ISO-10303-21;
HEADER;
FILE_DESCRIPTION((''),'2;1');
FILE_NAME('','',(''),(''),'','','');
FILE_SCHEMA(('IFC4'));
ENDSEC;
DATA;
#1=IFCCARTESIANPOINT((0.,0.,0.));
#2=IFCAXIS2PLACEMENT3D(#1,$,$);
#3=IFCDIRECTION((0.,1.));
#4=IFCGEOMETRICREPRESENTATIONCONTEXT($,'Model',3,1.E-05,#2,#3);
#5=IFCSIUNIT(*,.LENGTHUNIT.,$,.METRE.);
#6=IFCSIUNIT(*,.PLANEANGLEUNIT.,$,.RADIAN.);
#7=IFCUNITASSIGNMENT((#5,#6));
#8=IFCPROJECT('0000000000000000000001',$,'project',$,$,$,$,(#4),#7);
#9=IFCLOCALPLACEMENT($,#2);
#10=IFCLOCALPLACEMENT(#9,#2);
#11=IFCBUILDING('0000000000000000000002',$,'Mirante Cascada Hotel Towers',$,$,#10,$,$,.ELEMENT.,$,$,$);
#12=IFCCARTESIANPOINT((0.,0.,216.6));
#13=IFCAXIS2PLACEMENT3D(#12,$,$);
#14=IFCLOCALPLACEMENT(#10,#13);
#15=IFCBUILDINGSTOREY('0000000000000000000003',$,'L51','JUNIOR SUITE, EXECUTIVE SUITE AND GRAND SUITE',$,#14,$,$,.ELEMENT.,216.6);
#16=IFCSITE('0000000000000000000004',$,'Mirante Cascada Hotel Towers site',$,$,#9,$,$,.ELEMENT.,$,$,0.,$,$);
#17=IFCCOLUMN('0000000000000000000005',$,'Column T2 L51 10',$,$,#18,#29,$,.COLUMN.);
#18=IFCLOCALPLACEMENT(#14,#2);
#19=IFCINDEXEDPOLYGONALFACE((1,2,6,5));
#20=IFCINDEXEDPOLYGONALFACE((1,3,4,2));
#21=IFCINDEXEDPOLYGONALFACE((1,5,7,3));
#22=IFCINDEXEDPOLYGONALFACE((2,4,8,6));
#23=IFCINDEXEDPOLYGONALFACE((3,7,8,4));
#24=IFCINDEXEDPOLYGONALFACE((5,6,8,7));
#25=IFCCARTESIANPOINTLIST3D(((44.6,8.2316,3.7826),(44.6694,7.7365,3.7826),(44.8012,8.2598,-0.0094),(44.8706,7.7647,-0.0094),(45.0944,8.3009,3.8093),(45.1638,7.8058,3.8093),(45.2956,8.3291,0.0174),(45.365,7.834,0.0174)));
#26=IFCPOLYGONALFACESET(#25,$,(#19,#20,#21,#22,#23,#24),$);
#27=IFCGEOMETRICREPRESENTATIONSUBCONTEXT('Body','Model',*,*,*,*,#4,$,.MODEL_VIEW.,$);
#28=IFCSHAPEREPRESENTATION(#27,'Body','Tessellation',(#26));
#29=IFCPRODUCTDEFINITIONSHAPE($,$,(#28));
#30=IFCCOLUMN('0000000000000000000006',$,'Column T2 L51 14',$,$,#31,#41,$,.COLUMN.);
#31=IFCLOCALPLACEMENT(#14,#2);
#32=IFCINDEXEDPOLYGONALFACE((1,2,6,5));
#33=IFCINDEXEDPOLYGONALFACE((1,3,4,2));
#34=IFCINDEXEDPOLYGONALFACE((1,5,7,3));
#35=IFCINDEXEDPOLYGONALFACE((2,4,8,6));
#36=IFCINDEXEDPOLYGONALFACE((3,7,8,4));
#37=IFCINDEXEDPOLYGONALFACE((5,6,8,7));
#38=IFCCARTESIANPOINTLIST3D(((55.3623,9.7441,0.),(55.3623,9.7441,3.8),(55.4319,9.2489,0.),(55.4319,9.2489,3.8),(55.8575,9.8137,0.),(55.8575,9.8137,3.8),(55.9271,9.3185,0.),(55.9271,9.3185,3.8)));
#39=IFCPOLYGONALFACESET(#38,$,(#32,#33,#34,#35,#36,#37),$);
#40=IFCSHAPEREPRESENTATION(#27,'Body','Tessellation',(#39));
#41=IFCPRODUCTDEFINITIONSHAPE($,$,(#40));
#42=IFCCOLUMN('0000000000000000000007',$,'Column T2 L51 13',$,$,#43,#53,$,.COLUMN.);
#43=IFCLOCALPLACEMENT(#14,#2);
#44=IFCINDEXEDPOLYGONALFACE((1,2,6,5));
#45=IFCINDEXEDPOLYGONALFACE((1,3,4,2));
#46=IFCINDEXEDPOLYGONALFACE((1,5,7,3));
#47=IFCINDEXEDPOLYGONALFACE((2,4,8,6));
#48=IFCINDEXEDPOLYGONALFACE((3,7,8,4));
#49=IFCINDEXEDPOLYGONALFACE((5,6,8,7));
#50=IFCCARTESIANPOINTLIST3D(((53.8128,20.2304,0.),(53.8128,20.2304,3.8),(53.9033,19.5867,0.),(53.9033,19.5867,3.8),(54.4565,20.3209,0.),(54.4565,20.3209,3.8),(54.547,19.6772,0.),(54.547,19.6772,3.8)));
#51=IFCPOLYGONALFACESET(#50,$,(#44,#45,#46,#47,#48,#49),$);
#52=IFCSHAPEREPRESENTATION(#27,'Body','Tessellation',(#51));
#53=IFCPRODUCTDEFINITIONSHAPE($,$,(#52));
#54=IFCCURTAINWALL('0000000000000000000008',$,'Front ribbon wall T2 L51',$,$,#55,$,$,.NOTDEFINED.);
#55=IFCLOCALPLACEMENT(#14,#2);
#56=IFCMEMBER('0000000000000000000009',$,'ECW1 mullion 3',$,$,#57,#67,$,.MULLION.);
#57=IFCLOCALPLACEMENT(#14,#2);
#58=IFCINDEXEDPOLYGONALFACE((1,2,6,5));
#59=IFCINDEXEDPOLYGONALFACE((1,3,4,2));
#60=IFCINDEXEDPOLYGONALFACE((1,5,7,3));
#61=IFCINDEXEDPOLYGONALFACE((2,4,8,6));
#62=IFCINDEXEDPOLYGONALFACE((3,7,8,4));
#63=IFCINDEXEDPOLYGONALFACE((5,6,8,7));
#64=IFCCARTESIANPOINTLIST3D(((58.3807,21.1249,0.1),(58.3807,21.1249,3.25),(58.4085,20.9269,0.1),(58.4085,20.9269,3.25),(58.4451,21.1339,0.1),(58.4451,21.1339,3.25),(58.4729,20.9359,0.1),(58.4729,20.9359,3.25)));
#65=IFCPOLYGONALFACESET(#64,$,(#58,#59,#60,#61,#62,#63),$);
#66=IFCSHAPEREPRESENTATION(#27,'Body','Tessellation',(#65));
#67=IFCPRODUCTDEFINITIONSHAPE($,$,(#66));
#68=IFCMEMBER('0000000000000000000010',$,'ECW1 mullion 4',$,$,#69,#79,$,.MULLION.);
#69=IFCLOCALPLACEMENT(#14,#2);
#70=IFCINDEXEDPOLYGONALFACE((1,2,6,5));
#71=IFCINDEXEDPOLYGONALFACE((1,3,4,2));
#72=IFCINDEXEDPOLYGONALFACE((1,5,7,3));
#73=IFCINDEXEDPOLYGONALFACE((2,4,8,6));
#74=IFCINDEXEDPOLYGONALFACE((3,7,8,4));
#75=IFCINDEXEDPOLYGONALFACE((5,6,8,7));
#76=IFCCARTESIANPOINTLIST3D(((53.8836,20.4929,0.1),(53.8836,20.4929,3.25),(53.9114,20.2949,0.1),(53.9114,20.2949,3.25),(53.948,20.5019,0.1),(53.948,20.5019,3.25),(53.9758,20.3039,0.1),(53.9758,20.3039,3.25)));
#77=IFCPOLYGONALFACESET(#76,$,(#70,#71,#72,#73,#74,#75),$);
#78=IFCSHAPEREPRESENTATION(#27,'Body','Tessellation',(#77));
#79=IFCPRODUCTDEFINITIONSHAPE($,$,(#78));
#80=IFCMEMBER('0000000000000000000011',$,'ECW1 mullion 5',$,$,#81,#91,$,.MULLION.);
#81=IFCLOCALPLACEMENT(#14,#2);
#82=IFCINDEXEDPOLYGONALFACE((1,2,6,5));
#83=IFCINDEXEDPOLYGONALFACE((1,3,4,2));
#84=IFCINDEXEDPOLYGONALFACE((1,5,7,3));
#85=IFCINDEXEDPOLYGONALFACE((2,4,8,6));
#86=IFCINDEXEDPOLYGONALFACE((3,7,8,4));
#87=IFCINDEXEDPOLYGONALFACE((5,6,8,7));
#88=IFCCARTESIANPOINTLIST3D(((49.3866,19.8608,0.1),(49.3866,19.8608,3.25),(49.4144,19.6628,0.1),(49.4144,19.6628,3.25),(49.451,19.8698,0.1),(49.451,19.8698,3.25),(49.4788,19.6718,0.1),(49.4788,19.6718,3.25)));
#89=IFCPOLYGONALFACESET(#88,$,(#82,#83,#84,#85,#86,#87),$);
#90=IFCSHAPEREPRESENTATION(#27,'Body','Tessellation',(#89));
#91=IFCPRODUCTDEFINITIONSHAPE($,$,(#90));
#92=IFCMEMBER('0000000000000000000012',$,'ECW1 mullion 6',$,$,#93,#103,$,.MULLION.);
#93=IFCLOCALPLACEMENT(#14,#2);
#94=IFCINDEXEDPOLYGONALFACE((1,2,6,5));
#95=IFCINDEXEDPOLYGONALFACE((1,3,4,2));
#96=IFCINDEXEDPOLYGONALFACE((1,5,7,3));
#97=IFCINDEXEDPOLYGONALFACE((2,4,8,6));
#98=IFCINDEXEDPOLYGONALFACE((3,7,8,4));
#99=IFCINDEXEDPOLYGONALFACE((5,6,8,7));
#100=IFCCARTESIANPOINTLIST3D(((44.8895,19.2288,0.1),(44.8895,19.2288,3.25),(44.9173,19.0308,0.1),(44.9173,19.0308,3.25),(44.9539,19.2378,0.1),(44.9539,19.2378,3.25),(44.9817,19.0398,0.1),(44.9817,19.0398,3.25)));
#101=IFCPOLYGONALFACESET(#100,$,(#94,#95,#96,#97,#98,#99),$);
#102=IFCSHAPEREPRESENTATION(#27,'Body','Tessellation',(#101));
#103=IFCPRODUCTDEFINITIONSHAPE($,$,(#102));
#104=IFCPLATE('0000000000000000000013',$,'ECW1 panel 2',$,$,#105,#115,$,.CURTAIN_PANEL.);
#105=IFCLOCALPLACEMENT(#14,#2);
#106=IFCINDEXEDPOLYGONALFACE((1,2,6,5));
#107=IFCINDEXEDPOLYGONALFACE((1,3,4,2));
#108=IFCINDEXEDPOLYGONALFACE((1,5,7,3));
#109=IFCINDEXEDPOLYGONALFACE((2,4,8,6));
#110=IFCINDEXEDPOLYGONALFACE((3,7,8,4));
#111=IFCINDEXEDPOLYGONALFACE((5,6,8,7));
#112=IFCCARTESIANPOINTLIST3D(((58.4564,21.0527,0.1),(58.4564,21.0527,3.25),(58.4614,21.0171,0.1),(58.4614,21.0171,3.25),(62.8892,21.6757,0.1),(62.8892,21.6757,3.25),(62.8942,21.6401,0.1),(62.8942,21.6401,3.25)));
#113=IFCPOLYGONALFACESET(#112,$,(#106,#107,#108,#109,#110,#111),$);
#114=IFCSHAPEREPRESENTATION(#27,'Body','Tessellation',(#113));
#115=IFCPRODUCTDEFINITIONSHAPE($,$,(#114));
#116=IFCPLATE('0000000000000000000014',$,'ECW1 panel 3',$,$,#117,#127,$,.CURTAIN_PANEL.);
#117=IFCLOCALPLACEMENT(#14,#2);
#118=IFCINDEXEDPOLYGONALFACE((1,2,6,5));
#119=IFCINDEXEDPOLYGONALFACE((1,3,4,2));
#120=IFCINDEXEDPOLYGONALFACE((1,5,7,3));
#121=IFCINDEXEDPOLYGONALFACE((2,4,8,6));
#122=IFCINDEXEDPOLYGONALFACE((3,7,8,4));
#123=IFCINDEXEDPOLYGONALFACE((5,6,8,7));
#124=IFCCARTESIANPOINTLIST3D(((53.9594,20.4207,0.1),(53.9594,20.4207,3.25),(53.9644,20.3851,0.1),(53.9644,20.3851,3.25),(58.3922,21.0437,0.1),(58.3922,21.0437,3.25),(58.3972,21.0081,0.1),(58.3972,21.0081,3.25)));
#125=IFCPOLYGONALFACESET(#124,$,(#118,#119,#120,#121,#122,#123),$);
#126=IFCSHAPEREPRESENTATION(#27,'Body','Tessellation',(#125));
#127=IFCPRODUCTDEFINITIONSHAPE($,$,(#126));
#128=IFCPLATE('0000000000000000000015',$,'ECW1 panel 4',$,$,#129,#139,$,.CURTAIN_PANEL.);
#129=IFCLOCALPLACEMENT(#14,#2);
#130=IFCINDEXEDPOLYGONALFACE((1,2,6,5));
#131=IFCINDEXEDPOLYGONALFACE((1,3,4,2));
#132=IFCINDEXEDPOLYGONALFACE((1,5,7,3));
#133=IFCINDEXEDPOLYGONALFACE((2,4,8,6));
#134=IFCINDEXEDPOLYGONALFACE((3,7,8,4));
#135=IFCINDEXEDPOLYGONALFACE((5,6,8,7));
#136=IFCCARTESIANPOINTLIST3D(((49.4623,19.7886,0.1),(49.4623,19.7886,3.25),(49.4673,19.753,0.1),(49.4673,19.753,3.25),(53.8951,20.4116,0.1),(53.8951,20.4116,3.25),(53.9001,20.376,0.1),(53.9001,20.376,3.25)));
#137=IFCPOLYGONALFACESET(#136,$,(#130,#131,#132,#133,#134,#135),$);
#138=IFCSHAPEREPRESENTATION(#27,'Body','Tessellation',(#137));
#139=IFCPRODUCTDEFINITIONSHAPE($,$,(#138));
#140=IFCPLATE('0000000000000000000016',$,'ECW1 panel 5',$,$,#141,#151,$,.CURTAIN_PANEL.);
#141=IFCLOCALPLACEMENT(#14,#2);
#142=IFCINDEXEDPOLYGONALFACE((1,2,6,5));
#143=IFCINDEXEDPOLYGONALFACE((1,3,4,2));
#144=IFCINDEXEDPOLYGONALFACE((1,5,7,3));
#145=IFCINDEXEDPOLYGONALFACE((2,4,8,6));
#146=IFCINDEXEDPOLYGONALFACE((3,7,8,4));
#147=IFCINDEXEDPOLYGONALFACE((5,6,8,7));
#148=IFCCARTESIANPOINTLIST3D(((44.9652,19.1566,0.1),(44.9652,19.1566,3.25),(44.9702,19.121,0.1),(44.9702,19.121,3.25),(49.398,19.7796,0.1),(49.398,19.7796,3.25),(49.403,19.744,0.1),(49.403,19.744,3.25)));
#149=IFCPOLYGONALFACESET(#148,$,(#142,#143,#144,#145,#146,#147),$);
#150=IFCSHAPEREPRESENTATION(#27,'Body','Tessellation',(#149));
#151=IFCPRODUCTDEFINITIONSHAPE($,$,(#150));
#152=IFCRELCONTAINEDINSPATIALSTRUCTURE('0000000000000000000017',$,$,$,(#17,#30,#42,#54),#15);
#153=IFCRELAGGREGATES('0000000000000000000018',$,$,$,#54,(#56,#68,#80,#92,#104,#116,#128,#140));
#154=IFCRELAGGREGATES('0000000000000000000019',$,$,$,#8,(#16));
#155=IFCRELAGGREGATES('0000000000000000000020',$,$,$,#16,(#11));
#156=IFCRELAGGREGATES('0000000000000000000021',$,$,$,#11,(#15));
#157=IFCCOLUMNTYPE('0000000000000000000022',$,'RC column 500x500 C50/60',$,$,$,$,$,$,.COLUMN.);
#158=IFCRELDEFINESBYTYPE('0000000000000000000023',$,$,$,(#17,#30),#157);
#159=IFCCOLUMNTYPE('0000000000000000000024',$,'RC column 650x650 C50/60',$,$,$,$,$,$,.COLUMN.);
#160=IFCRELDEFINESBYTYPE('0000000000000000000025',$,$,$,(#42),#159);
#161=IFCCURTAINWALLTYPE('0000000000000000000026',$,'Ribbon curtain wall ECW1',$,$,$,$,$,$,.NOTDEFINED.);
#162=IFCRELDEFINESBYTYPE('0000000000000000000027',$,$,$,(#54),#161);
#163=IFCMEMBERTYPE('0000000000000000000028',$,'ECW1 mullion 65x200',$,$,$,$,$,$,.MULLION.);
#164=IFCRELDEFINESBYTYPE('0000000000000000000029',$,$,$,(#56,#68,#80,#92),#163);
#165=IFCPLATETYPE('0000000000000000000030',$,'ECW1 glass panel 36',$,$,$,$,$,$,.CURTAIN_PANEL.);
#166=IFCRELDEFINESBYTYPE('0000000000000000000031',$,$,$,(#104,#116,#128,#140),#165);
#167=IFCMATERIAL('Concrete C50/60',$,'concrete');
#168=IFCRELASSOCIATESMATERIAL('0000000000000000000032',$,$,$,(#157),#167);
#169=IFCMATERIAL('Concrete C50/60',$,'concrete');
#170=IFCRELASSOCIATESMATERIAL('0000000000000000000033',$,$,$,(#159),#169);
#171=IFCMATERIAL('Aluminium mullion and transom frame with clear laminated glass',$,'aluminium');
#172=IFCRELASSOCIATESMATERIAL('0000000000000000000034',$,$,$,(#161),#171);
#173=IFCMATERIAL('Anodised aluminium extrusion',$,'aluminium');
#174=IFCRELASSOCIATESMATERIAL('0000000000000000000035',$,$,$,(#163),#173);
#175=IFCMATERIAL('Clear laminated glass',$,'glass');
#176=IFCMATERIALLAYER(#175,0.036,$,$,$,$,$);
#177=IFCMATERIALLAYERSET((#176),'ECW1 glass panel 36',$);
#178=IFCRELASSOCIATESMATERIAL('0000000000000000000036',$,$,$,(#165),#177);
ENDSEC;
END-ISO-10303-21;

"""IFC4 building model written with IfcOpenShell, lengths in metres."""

from ifc_helpers import new_model, si_unit, direction, frame, origin, origin_2d, place, context, subcontext, project, spatial, rectangle, extrude, material, layer, layer_set, material_profile, profile_set, type_object, element, aggregate, save


model = new_model("IFC4")

# Units and contexts
model_context = context("Model", 3, precision=1e-05, world=origin(), true_north=direction((0.0, 1.0)))
body_context = subcontext(model_context, "Body", "Model", "MODEL_VIEW")
ifc_project = project(units=[si_unit("LENGTHUNIT", "METRE"), si_unit("PLANEANGLEUNIT", "RADIAN")], contexts=[model_context])

# Site, building, storey
site_placement = place(None, origin())
site = spatial("IfcSite", under=ifc_project, at=site_placement, Name="Mirante Cascada Hotel Towers site", CompositionType="ELEMENT", RefElevation=0.0)
building_placement = place(site_placement, origin())
building = spatial("IfcBuilding", under=site, at=building_placement, Name="Mirante Cascada Hotel Towers", CompositionType="ELEMENT")
storey_placement = place(building_placement, frame((0.0, 0.0, 216.6)))
storey = spatial("IfcBuildingStorey", under=building, at=storey_placement, Name="L51", Description="JUNIOR SUITE, EXECUTIVE SUITE AND GRAND SUITE", CompositionType="ELEMENT", Elevation=216.6)

# Columns
ifc_material_1 = material(Name="Concrete C50/60", Category="concrete")
ifc_material_profile_1 = material_profile(ifc_material_1, rectangle(XDim=0.5, YDim=0.5, at=origin_2d()), Name="RC column 500x500 C50/60")
ifc_profile_set_1 = profile_set([ifc_material_profile_1], Name="Concrete C50/60")
column_type_1 = type_object("IfcColumnType", Name="RC column 500x500 C50/60", PredefinedType="COLUMN", material=ifc_profile_set_1)
column_1_placement = place(storey_placement, frame((45.0831, 8.0469, 0.004), z_axis=(-0.052983, -0.007426, 0.998568), x_axis=(0.138802, -0.99032, 0.0)))
element("IfcColumn", 1, at=column_1_placement, inside=storey, type_object=column_type_1, Name="Column T2 L51 10", PredefinedType="COLUMN", context=body_context, shape_type="SweptSolid", body=[
    extrude(rectangle(XDim=0.5, YDim=0.5, at=origin_2d()), origin(), (0.0, 0.0, 1.0), 3.7974),
])
column_2_placement = place(storey_placement, frame((55.6447, 9.5313, 0.0), z_axis=(0.0, 0.0, 1.0), x_axis=(0.990268, 0.139173, 0.0)))
element("IfcColumn", 2, at=column_2_placement, inside=storey, type_object=column_type_1, Name="Column T2 L51 14", PredefinedType="COLUMN", context=body_context, shape_type="SweptSolid", body=[
    extrude(rectangle(XDim=0.5, YDim=0.5, at=origin_2d()), origin(), (0.0, 0.0, 1.0), 3.8),
])
ifc_material_2 = material(Name="Concrete C50/60", Category="concrete")
ifc_material_profile_2 = material_profile(ifc_material_2, rectangle(XDim=0.65, YDim=0.65, at=origin_2d()), Name="RC column 650x650 C50/60")
ifc_profile_set_2 = profile_set([ifc_material_profile_2], Name="Concrete C50/60")
column_type_2 = type_object("IfcColumnType", Name="RC column 650x650 C50/60", PredefinedType="COLUMN", material=ifc_profile_set_2)
column_3_placement = place(storey_placement, frame((54.1799, 19.9538, 0.0), z_axis=(0.0, 0.0, 1.0), x_axis=(0.990268, 0.139173, 0.0)))
element("IfcColumn", 3, at=column_3_placement, inside=storey, type_object=column_type_2, Name="Column T2 L51 13", PredefinedType="COLUMN", context=body_context, shape_type="SweptSolid", body=[
    extrude(rectangle(XDim=0.65, YDim=0.65, at=origin_2d()), origin(), (0.0, 0.0, 1.0), 3.8),
])

# Curtain wall, members, plates
ifc_material_3 = material(Name="Aluminium mullion and transom frame with clear laminated glass", Category="aluminium")
curtain_wall_type = type_object("IfcCurtainWallType", Name="Ribbon curtain wall ECW1", PredefinedType="NOTDEFINED", material=ifc_material_3)
curtain_wall_placement = place(storey_placement, origin())
curtain_wall = element("IfcCurtainWall", 4, at=curtain_wall_placement, inside=storey, type_object=curtain_wall_type, Name="Front ribbon wall T2 L51", PredefinedType="NOTDEFINED")
ifc_material_4 = material(Name="Anodised aluminium extrusion", Category="aluminium")
ifc_material_profile_3 = material_profile(ifc_material_4, rectangle(XDim=0.2, YDim=0.065, at=origin_2d()), Name="ECW1 MULLION 65x200")
ifc_profile_set_3 = profile_set([ifc_material_profile_3], Name="Anodised aluminium extrusion")
member_type = type_object("IfcMemberType", Name="ECW1 mullion 65x200", PredefinedType="MULLION", material=ifc_profile_set_3)
member_1_placement = place(storey_placement, frame((58.4268, 21.0304, 0.1), z_axis=(0.0, 0.0, 1.0), x_axis=(0.139173, -0.990268, 0.0)))
member_1 = element("IfcMember", 5, at=member_1_placement, type_object=member_type, Name="ECW1 mullion 3", PredefinedType="MULLION", context=body_context, shape_type="SweptSolid", body=[
    extrude(rectangle(XDim=0.2, YDim=0.065, at=origin_2d()), origin(), (0.0, 0.0, 1.0), 3.15),
])
member_2_placement = place(storey_placement, frame((53.9297, 20.3984, 0.1), z_axis=(0.0, 0.0, 1.0), x_axis=(0.139173, -0.990268, 0.0)))
member_2 = element("IfcMember", 6, at=member_2_placement, type_object=member_type, Name="ECW1 mullion 4", PredefinedType="MULLION", context=body_context, shape_type="SweptSolid", body=[
    extrude(rectangle(XDim=0.2, YDim=0.065, at=origin_2d()), origin(), (0.0, 0.0, 1.0), 3.15),
])
member_3_placement = place(storey_placement, frame((49.4327, 19.7663, 0.1), z_axis=(0.0, 0.0, 1.0), x_axis=(0.139173, -0.990268, 0.0)))
member_3 = element("IfcMember", 7, at=member_3_placement, type_object=member_type, Name="ECW1 mullion 5", PredefinedType="MULLION", context=body_context, shape_type="SweptSolid", body=[
    extrude(rectangle(XDim=0.2, YDim=0.065, at=origin_2d()), origin(), (0.0, 0.0, 1.0), 3.15),
])
member_4_placement = place(storey_placement, frame((44.9356, 19.1343, 0.1), z_axis=(0.0, 0.0, 1.0), x_axis=(0.139173, -0.990268, 0.0)))
member_4 = element("IfcMember", 8, at=member_4_placement, type_object=member_type, Name="ECW1 mullion 6", PredefinedType="MULLION", context=body_context, shape_type="SweptSolid", body=[
    extrude(rectangle(XDim=0.2, YDim=0.065, at=origin_2d()), origin(), (0.0, 0.0, 1.0), 3.15),
])
ifc_material_5 = material(Name="Clear laminated glass", Category="glass")
ifc_layer_1 = layer(ifc_material_5, 0.036)
ifc_layer_set_1 = layer_set([ifc_layer_1], Name="ECW1 glass panel 36")
plate_type = type_object("IfcPlateType", Name="ECW1 glass panel 36", PredefinedType="CURTAIN_PANEL", material=ifc_layer_set_1)
plate_1_placement = place(storey_placement, frame((60.6753, 21.3464, 0.1), z_axis=(0.0, 0.0, 1.0), x_axis=(-0.990268, -0.139173, 0.0)))
plate_1 = element("IfcPlate", 9, at=plate_1_placement, type_object=plate_type, Name="ECW1 panel 2", PredefinedType="CURTAIN_PANEL", context=body_context, shape_type="SweptSolid", body=[
    extrude(rectangle(XDim=4.4763, YDim=0.036, at=origin_2d()), origin(), (0.0, 0.0, 1.0), 3.15),
])
plate_2_placement = place(storey_placement, frame((56.1783, 20.7144, 0.1), z_axis=(0.0, 0.0, 1.0), x_axis=(-0.990268, -0.139173, 0.0)))
plate_2 = element("IfcPlate", 10, at=plate_2_placement, type_object=plate_type, Name="ECW1 panel 3", PredefinedType="CURTAIN_PANEL", context=body_context, shape_type="SweptSolid", body=[
    extrude(rectangle(XDim=4.4763, YDim=0.036, at=origin_2d()), origin(), (0.0, 0.0, 1.0), 3.15),
])
plate_3_placement = place(storey_placement, frame((51.6812, 20.0823, 0.1), z_axis=(0.0, 0.0, 1.0), x_axis=(-0.990268, -0.139173, 0.0)))
plate_3 = element("IfcPlate", 11, at=plate_3_placement, type_object=plate_type, Name="ECW1 panel 4", PredefinedType="CURTAIN_PANEL", context=body_context, shape_type="SweptSolid", body=[
    extrude(rectangle(XDim=4.4763, YDim=0.036, at=origin_2d()), origin(), (0.0, 0.0, 1.0), 3.15),
])
plate_4_placement = place(storey_placement, frame((47.1841, 19.4503, 0.1), z_axis=(0.0, 0.0, 1.0), x_axis=(-0.990268, -0.139173, 0.0)))
plate_4 = element("IfcPlate", 12, at=plate_4_placement, type_object=plate_type, Name="ECW1 panel 5", PredefinedType="CURTAIN_PANEL", context=body_context, shape_type="SweptSolid", body=[
    extrude(rectangle(XDim=4.4763, YDim=0.036, at=origin_2d()), origin(), (0.0, 0.0, 1.0), 3.15),
])
aggregate(curtain_wall, [member_1, member_2, member_3, member_4, plate_1, plate_2, plate_3, plate_4])

save(model, "model.ifc")
